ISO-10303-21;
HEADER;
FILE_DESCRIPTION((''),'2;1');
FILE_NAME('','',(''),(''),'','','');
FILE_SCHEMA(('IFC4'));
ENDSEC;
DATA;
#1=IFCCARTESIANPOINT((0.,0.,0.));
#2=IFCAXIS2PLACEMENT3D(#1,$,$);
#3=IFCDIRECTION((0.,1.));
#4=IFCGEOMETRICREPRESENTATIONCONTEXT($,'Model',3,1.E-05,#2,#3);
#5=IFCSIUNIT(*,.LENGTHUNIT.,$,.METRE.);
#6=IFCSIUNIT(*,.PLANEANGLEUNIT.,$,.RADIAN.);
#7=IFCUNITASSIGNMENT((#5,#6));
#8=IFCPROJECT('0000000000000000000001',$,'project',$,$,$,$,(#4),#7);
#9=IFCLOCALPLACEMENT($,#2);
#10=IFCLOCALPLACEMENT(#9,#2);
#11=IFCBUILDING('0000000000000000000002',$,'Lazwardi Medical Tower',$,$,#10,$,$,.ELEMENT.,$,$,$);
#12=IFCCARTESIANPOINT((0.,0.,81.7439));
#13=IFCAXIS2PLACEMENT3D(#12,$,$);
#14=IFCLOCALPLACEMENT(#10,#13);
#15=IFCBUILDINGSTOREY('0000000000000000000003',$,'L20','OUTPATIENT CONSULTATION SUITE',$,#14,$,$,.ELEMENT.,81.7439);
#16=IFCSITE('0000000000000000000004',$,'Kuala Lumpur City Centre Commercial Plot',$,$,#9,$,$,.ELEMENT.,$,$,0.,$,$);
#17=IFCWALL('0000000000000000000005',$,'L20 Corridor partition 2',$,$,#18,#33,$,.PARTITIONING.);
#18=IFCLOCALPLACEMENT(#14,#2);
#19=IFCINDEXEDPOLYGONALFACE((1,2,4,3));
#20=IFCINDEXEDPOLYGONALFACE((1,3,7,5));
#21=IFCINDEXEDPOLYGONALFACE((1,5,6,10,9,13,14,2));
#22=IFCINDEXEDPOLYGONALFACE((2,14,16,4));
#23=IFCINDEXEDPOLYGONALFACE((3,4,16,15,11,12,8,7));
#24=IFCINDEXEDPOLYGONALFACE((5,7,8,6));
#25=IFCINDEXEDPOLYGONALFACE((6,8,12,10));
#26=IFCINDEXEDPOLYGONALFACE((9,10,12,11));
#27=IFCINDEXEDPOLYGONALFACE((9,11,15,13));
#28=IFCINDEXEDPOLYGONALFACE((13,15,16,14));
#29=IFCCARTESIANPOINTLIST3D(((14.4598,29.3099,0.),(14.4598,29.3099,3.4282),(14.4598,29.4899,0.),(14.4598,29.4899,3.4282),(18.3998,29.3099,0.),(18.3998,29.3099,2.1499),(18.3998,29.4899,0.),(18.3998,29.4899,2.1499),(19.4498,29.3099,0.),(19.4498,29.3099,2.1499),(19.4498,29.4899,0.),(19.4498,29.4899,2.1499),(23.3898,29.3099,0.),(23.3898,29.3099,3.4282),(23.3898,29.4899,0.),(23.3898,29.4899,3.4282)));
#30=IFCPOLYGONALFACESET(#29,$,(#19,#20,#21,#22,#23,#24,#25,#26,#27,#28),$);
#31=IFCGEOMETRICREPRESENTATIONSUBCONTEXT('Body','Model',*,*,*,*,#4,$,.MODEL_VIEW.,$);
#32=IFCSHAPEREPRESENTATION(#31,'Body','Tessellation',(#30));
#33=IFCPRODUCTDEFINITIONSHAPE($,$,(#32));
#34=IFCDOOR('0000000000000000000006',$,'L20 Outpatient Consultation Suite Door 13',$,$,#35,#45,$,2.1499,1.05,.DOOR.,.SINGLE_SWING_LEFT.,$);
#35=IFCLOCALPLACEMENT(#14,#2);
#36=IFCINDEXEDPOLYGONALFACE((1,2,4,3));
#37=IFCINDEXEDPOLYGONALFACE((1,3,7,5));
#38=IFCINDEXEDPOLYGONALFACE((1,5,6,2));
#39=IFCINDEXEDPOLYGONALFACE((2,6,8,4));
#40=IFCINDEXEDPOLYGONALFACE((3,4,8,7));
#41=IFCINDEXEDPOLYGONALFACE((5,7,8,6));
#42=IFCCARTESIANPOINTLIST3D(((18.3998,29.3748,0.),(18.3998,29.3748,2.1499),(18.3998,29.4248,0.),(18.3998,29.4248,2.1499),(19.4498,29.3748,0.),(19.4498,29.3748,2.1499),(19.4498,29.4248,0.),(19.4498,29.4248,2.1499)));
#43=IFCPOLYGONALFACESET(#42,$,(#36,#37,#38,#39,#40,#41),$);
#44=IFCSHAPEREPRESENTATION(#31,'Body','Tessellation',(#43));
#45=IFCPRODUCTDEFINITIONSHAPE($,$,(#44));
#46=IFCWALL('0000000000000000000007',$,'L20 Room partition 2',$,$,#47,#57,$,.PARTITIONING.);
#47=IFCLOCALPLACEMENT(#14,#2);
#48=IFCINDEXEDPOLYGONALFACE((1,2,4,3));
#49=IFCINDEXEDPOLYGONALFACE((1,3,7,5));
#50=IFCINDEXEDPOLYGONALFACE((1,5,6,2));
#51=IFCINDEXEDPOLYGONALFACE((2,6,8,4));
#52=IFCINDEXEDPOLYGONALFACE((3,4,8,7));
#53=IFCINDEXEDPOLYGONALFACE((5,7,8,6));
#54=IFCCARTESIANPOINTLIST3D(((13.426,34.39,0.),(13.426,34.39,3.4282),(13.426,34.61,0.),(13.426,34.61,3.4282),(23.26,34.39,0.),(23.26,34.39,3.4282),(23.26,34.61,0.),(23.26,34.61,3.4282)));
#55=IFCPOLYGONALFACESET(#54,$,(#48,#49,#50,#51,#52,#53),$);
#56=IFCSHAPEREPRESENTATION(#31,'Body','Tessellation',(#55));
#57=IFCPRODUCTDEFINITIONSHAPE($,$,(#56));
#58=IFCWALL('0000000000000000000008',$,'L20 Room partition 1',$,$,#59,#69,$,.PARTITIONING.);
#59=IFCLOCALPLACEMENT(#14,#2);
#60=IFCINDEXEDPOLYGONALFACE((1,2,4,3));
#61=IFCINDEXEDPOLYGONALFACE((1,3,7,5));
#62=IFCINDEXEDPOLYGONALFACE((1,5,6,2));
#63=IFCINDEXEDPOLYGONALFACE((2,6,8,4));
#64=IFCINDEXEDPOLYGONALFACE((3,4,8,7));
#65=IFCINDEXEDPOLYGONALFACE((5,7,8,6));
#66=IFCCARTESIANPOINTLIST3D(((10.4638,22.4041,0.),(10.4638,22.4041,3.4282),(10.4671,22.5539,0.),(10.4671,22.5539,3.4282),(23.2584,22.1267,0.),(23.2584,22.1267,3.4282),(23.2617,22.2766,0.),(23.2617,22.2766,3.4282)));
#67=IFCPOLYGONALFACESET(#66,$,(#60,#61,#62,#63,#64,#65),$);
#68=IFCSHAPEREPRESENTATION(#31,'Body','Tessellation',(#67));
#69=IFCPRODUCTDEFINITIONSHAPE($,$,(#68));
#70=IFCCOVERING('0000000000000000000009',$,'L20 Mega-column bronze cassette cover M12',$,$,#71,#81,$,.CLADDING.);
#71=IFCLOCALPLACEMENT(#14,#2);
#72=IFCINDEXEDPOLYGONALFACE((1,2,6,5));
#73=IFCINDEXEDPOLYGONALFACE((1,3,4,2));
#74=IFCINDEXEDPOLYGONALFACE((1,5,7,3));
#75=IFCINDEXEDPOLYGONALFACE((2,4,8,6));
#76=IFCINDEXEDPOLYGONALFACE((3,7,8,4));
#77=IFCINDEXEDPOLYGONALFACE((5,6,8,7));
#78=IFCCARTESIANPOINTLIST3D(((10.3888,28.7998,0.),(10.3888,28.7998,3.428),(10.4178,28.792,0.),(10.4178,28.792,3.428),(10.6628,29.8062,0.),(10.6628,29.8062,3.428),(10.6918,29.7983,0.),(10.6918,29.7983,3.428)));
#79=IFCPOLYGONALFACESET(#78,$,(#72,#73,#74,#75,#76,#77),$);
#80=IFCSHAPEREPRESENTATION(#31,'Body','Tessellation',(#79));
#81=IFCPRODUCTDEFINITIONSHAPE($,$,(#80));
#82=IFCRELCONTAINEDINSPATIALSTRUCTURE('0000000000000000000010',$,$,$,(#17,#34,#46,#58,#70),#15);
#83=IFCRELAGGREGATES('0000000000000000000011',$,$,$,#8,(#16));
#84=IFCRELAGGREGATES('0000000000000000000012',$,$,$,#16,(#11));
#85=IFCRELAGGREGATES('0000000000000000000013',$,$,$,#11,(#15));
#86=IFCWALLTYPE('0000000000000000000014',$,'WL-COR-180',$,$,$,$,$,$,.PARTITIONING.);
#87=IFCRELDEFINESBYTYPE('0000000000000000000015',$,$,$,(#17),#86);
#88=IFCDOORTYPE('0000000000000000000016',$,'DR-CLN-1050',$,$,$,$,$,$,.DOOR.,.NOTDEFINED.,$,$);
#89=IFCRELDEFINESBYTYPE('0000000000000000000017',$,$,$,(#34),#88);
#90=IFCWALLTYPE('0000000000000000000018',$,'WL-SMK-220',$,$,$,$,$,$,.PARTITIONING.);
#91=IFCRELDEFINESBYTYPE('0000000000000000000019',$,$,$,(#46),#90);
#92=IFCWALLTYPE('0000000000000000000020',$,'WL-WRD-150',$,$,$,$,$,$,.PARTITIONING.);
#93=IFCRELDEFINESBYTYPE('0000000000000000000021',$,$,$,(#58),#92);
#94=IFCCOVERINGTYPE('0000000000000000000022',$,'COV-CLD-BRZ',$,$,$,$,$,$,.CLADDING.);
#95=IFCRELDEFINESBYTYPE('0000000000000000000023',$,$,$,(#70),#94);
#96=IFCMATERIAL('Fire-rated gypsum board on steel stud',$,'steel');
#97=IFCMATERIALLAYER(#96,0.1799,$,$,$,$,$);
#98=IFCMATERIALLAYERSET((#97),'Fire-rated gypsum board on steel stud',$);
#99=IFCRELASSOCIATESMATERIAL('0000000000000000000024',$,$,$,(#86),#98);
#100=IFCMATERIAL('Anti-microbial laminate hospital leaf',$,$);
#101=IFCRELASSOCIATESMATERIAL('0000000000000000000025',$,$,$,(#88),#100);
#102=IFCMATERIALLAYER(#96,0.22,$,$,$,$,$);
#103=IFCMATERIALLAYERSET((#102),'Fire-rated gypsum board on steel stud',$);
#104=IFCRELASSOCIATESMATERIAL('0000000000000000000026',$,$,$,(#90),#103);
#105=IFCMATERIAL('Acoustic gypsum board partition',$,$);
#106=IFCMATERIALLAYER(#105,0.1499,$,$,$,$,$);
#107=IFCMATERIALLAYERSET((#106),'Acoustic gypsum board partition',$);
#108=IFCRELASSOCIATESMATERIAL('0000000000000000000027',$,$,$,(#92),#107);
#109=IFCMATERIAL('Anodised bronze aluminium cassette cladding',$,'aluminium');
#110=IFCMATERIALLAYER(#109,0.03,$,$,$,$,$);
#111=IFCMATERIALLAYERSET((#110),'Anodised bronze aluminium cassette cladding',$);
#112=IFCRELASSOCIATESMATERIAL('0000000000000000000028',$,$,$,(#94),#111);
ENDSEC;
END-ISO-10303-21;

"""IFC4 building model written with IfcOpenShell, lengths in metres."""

from ifc_helpers import new_model, si_unit, direction, frame, frame_2d, origin, origin_2d, place, context, subcontext, project, spatial, rectangle, extrude, material, layer, layer_set, type_object, element, fill, save


model = new_model("IFC4")

# Units and contexts
model_context = context("Model", 3, precision=1e-05, world=origin(), true_north=direction((0.0, 1.0)))
body_context = subcontext(model_context, "Body", "Model", "MODEL_VIEW")
ifc_project = project(units=[si_unit("LENGTHUNIT", "METRE"), si_unit("PLANEANGLEUNIT", "RADIAN")], contexts=[model_context])

# Site, building, storey
site_placement = place(None, origin())
site = spatial("IfcSite", under=ifc_project, at=site_placement, Name="Kuala Lumpur City Centre Commercial Plot", CompositionType="ELEMENT", RefElevation=0.0)
building_placement = place(site_placement, origin())
building = spatial("IfcBuilding", under=site, at=building_placement, Name="Lazwardi Medical Tower", CompositionType="ELEMENT")
storey_placement = place(building_placement, frame((0.0, 0.0, 81.7439)))
storey = spatial("IfcBuildingStorey", under=building, at=storey_placement, Name="L20", Description="OUTPATIENT CONSULTATION SUITE", CompositionType="ELEMENT", Elevation=81.7439)

# Shared definitions
ifc_material_1 = material(Name="Fire-rated gypsum board on steel stud", Category="steel")
ifc_layer_1 = layer(ifc_material_1, 0.1799)
ifc_layer_set_1 = layer_set([ifc_layer_1], Name="Fire-rated gypsum board on steel stud")
wall_type_1 = type_object("IfcWallType", Name="WL-COR-180", PredefinedType="PARTITIONING", material=ifc_layer_set_1)

# Wall, opening, door
wall_1_placement = place(storey_placement, frame((14.46, 29.3999, 0.0), z_axis=(0.0, 0.0, 1.0), x_axis=(1.0, 0.0, 0.0)))
wall_1 = element("IfcWall", 1, at=wall_1_placement, inside=storey, type_object=wall_type_1, Name="L20 Corridor partition 2", PredefinedType="PARTITIONING", context=body_context, shape_type="SweptSolid", body=[
    extrude(rectangle(XDim=8.9299, YDim=0.1799, at=frame_2d((4.4648, 0.0))), origin(), (0.0, 0.0, 1.0), 3.4282),
])
opening_placement = place(wall_1_placement, frame((3.9399, 0.0, 0.0)))
opening = element("IfcOpeningElement", 2, at=opening_placement, cuts=wall_1, PredefinedType="OPENING", context=body_context, shape_type="SweptSolid", body=[
    extrude(rectangle(XDim=1.05, YDim=2.1499, at=frame_2d((0.5249, 1.075))), frame((0.0, 0.0999, 0.0), z_axis=(0.0, -1.0, 0.0), x_axis=(1.0, 0.0, 0.0)), (0.0, 0.0, 1.0), 0.2),
])
ifc_material_2 = material(Name="Anti-microbial laminate hospital leaf")
door_type = type_object("IfcDoorType", Name="DR-CLN-1050", OperationType="NOTDEFINED", PredefinedType="DOOR", material=ifc_material_2)
door_placement = place(opening_placement, origin())
door = element("IfcDoor", 3, at=door_placement, inside=storey, type_object=door_type, Name="L20 Outpatient Consultation Suite Door 13", OperationType="SINGLE_SWING_LEFT", OverallHeight=2.1499, OverallWidth=1.05, PredefinedType="DOOR", context=body_context, shape_type="SweptSolid", body=[
    extrude(rectangle(XDim=1.05, YDim=2.1499, at=frame_2d((0.5249, 1.075))), frame((0.0, 0.0249, 0.0), z_axis=(0.0, -1.0, 0.0), x_axis=(1.0, 0.0, 0.0)), (0.0, 0.0, 1.0), 0.05),
])
fill(opening, door)

# Walls
ifc_layer_2 = layer(ifc_material_1, 0.22)
ifc_layer_set_2 = layer_set([ifc_layer_2], Name="Fire-rated gypsum board on steel stud")
wall_type_2 = type_object("IfcWallType", Name="WL-SMK-220", PredefinedType="PARTITIONING", material=ifc_layer_set_2)
wall_2_placement = place(storey_placement, frame((13.426, 34.5, 0.0), z_axis=(0.0, 0.0, 1.0), x_axis=(1.0, 0.0, 0.0)))
element("IfcWall", 4, at=wall_2_placement, inside=storey, type_object=wall_type_2, Name="L20 Room partition 2", PredefinedType="PARTITIONING", context=body_context, shape_type="SweptSolid", body=[
    extrude(rectangle(XDim=9.834, YDim=0.22, at=frame_2d((4.917, 0.0))), origin(), (0.0, 0.0, 1.0), 3.4282),
])
ifc_material_3 = material(Name="Acoustic gypsum board partition")
ifc_layer_3 = layer(ifc_material_3, 0.1499)
ifc_layer_set_3 = layer_set([ifc_layer_3], Name="Acoustic gypsum board partition")
wall_type_3 = type_object("IfcWallType", Name="WL-WRD-150", PredefinedType="PARTITIONING", material=ifc_layer_set_3)
wall_3_placement = place(storey_placement, frame((10.4653, 22.479, 0.0), z_axis=(0.0, 0.0, 1.0), x_axis=(0.999765, -0.021671, 0.0)))
element("IfcWall", 5, at=wall_3_placement, inside=storey, type_object=wall_type_3, Name="L20 Room partition 1", PredefinedType="PARTITIONING", context=body_context, shape_type="SweptSolid", body=[
    extrude(rectangle(XDim=12.7976, YDim=0.1499, at=frame_2d((6.3989, 0.0))), origin(), (0.0, 0.0, 1.0), 3.4282),
])

# Covering
ifc_material_4 = material(Name="Anodised bronze aluminium cassette cladding", Category="aluminium")
ifc_layer_4 = layer(ifc_material_4, 0.03)
ifc_layer_set_4 = layer_set([ifc_layer_4], Name="Anodised bronze aluminium cassette cladding")
covering_type = type_object("IfcCoveringType", Name="COV-CLD-BRZ", PredefinedType="CLADDING", material=ifc_layer_set_4)
covering_placement = place(storey_placement, frame((10.5403, 29.2991, 0.0), z_axis=(0.0, 0.0, 1.0), x_axis=(-0.262696, -0.964879, 0.0)))
element("IfcCovering", 6, at=covering_placement, inside=storey, type_object=covering_type, Name="L20 Mega-column bronze cassette cover M12", PredefinedType="CLADDING", context=body_context, shape_type="SweptSolid", body=[
    extrude(rectangle(XDim=1.043, YDim=0.03, at=origin_2d()), origin(), (0.0, 0.0, 1.0), 3.428),
])

save(model, "model.ifc")
